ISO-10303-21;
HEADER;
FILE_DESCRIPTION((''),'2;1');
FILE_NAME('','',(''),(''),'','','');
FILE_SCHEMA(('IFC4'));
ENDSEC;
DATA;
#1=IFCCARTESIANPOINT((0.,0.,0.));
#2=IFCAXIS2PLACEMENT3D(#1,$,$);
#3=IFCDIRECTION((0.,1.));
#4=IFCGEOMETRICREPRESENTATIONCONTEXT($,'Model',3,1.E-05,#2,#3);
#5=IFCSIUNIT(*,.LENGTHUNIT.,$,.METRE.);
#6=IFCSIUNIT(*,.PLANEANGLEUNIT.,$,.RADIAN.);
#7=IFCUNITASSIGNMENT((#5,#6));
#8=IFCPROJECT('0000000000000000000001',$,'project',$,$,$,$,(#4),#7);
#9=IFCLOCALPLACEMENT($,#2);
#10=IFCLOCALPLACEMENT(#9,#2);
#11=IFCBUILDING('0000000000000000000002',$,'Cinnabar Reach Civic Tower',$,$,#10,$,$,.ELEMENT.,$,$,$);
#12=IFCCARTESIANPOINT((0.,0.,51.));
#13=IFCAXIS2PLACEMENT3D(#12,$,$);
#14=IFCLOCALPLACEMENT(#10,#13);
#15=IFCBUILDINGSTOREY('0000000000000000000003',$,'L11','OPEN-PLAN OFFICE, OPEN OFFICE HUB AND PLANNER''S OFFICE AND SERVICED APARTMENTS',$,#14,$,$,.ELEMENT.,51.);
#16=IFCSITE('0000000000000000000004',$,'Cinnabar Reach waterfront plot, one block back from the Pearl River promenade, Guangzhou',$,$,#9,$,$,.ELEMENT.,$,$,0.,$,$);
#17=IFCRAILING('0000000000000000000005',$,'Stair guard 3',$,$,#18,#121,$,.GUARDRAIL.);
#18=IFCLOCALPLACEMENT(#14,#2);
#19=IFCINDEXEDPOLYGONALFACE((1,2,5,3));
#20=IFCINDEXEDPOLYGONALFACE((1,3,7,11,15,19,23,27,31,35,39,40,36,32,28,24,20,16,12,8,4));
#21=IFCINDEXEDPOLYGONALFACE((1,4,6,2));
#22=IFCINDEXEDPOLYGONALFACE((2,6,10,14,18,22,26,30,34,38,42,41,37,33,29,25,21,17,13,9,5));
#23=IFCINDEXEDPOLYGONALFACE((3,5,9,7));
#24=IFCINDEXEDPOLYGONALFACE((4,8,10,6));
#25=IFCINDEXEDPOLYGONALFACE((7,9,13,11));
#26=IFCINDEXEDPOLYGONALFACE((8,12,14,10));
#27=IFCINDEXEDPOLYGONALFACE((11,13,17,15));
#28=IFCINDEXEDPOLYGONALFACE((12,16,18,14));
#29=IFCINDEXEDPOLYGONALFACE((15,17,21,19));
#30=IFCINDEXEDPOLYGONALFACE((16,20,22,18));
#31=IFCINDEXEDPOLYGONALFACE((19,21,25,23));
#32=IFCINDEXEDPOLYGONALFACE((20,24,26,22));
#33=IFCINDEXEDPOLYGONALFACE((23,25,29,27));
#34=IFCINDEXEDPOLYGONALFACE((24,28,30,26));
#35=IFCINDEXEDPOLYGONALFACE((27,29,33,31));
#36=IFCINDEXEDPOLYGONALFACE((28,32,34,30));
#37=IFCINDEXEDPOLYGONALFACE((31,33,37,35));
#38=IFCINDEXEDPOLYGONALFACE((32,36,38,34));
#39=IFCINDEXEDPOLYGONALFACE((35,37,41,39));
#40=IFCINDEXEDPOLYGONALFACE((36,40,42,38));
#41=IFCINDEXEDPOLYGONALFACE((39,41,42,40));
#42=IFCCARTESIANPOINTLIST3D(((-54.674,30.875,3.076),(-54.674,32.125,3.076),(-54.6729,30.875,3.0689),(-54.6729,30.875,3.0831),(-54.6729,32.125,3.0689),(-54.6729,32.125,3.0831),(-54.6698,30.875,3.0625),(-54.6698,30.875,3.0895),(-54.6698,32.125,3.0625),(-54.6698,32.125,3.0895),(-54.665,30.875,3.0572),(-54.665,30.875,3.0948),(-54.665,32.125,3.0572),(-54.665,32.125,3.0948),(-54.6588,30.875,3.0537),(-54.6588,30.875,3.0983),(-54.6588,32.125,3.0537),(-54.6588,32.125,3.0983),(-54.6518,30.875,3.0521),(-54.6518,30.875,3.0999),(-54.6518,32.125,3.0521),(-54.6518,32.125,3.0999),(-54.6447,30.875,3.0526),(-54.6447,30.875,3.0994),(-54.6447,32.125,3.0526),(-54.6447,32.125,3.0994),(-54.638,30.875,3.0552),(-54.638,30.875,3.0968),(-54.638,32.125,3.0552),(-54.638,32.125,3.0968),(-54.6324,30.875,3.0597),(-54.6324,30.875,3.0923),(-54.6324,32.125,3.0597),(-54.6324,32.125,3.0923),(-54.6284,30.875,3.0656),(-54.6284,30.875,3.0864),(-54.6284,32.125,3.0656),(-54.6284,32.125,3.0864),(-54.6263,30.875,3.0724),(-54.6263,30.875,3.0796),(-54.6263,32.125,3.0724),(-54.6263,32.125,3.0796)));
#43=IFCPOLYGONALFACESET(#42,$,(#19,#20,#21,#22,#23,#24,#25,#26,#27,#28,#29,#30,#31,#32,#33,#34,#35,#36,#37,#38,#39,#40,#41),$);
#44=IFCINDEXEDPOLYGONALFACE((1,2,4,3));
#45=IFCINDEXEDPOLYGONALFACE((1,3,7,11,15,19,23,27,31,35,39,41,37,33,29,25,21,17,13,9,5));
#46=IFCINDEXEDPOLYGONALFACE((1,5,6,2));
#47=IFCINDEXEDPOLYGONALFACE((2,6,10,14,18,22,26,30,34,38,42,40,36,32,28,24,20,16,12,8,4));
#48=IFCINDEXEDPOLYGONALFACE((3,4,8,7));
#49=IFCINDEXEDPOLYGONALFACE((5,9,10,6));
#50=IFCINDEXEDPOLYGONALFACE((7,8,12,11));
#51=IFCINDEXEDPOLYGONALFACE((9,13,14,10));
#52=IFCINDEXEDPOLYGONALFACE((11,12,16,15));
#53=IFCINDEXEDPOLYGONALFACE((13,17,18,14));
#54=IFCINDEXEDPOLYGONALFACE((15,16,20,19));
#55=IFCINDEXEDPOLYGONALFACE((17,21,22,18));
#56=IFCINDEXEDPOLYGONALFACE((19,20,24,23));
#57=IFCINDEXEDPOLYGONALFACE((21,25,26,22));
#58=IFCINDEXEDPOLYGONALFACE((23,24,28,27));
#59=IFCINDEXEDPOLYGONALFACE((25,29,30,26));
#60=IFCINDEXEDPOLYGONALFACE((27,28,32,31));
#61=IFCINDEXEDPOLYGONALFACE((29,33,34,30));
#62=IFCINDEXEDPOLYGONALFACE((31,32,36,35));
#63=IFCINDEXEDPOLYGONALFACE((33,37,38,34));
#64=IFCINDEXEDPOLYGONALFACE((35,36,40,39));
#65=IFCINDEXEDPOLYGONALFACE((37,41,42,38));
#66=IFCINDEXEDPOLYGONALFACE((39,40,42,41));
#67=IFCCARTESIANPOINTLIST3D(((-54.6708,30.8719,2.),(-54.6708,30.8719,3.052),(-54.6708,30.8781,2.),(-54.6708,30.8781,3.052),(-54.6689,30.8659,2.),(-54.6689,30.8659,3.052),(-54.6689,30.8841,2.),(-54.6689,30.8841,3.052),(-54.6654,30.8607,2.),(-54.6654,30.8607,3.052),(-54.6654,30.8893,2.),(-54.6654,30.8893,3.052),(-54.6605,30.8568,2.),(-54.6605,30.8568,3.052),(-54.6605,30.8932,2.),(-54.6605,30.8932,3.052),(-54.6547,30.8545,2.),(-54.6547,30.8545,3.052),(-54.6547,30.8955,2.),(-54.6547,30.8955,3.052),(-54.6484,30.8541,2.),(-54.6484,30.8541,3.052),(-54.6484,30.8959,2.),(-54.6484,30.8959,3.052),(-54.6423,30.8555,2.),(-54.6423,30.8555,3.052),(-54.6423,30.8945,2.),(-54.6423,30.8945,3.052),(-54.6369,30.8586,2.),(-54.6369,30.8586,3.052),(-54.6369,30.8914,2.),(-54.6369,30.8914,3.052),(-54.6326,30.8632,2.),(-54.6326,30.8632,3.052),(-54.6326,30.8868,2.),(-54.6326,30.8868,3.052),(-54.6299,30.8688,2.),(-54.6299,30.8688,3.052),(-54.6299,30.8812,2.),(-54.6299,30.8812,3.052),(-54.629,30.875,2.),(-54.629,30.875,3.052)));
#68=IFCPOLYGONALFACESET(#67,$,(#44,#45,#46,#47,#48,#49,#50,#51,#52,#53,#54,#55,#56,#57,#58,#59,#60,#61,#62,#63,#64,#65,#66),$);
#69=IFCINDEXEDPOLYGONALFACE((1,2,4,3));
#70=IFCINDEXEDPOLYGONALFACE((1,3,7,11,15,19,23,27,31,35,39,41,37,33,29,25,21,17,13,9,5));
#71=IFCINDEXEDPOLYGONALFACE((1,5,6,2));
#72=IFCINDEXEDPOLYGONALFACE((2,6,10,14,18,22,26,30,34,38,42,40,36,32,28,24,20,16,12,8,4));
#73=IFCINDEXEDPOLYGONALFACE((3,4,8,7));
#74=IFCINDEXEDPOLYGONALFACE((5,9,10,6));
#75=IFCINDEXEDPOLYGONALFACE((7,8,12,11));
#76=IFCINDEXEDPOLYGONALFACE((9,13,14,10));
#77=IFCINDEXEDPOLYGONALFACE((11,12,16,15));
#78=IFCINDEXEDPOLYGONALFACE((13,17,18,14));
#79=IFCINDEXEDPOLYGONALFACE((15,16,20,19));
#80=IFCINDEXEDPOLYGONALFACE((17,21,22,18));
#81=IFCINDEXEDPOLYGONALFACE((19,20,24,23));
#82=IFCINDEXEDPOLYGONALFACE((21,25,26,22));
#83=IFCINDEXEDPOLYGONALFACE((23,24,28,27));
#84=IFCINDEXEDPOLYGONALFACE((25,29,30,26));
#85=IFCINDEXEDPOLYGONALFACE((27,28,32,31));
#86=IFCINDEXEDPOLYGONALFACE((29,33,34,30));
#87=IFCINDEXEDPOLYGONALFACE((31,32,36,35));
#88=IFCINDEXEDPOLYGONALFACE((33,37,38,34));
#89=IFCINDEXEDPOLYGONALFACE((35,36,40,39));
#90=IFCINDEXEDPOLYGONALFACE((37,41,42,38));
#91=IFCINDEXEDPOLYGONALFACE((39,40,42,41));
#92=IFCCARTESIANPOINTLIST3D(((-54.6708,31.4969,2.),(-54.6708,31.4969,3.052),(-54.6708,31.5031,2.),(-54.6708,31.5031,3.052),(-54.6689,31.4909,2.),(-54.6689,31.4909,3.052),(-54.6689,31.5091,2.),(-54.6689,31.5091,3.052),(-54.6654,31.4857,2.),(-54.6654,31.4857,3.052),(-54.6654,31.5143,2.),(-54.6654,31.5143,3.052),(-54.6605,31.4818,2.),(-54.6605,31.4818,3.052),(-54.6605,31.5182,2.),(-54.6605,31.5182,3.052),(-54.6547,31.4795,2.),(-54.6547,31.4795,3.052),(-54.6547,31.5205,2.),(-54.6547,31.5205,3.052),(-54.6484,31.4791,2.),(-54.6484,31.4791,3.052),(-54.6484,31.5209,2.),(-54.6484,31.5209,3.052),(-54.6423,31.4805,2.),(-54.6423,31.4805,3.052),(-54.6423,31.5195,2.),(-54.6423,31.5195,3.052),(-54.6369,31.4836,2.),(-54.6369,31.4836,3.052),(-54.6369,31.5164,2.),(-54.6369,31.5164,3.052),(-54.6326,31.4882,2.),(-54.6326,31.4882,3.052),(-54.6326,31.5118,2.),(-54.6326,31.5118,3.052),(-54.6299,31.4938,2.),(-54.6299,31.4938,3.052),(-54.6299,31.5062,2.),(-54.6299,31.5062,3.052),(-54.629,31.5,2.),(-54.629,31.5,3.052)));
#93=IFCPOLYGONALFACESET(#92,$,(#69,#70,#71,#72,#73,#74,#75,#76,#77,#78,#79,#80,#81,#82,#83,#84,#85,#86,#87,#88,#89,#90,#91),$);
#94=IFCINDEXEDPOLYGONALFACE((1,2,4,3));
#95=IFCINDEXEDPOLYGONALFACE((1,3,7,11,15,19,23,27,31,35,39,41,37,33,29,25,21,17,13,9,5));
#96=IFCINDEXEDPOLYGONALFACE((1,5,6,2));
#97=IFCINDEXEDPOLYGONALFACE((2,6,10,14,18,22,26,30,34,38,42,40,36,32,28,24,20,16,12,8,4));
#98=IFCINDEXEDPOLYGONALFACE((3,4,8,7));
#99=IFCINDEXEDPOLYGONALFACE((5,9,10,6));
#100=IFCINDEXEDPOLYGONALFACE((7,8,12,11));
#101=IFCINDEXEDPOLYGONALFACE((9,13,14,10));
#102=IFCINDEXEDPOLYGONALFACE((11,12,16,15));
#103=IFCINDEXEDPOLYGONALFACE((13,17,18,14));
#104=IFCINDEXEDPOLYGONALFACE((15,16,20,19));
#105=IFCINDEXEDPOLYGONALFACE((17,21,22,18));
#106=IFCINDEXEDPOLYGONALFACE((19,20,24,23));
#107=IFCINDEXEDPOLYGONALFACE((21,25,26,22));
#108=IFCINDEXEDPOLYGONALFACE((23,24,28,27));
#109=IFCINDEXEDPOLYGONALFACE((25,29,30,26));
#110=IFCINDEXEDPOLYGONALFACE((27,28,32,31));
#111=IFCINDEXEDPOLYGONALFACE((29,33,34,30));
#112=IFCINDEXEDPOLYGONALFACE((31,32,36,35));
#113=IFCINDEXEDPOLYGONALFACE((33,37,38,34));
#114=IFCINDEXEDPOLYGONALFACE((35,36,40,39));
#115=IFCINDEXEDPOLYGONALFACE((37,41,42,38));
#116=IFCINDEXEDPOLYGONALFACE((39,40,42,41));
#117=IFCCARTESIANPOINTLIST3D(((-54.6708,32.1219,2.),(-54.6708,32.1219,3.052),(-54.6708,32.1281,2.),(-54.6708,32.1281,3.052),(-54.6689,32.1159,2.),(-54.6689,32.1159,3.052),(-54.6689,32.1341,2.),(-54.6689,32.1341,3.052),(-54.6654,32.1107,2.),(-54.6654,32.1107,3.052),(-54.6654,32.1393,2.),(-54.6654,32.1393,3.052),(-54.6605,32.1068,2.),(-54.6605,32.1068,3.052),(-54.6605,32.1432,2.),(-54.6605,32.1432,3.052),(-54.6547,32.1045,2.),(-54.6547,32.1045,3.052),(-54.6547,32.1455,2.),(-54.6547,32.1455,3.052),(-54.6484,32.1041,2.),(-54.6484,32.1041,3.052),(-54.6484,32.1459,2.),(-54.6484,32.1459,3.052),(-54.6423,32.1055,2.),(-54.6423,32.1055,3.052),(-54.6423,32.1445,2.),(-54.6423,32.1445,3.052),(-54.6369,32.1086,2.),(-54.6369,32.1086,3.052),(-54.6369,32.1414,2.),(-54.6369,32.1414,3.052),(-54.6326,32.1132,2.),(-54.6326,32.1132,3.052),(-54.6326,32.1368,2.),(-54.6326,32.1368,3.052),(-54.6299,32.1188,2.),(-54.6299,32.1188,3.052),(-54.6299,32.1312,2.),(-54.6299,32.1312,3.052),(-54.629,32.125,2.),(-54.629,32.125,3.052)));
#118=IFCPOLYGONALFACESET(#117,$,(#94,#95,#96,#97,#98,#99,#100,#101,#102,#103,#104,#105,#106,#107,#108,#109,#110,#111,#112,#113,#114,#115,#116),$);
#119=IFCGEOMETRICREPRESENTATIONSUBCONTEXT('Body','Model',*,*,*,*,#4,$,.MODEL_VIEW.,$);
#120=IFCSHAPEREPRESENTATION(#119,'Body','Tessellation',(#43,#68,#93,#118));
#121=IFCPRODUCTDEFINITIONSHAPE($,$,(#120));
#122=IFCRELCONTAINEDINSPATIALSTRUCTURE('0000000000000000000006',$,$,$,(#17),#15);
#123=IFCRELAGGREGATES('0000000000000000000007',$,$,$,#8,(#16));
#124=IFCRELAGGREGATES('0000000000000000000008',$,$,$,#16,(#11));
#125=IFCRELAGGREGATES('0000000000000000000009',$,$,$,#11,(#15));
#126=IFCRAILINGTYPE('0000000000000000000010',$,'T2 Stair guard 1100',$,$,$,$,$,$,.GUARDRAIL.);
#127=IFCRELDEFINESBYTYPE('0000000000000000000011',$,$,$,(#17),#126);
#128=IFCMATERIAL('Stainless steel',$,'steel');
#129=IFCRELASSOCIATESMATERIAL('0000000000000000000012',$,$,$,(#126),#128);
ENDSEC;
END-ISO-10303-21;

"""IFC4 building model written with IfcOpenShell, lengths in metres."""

from ifc_helpers import new_model, si_unit, direction, frame, origin, origin_2d, place, context, subcontext, project, spatial, circle, extrude, material, type_object, element, save


model = new_model("IFC4")

# Units and contexts
model_context = context("Model", 3, precision=1e-05, world=origin(), true_north=direction((0.0, 1.0)))
body_context = subcontext(model_context, "Body", "Model", "MODEL_VIEW")
ifc_project = project(units=[si_unit("LENGTHUNIT", "METRE"), si_unit("PLANEANGLEUNIT", "RADIAN")], contexts=[model_context])

# Site, building, storey
site_placement = place(None, origin())
site = spatial("IfcSite", under=ifc_project, at=site_placement, Name="Cinnabar Reach waterfront plot, one block back from the Pearl River promenade, Guangzhou", CompositionType="ELEMENT", RefElevation=0.0)
building_placement = place(site_placement, origin())
building = spatial("IfcBuilding", under=site, at=building_placement, Name="Cinnabar Reach Civic Tower", CompositionType="ELEMENT")
storey_placement = place(building_placement, frame((0.0, 0.0, 51.0)))
storey = spatial("IfcBuildingStorey", under=building, at=storey_placement, Name="L11", Description="OPEN-PLAN OFFICE, OPEN OFFICE HUB AND PLANNER'S OFFICE AND SERVICED APARTMENTS", CompositionType="ELEMENT", Elevation=51.0)

# Railing
ifc_material_1 = material(Name="Stainless steel", Category="steel")
railing_type = type_object("IfcRailingType", Name="T2 Stair guard 1100", PredefinedType="GUARDRAIL", material=ifc_material_1)
railing_1_placement = place(storey_placement, frame((-54.65, 30.875, 2.0)))
element("IfcRailing", 1, at=railing_1_placement, inside=storey, type_object=railing_type, Name="Stair guard 3", PredefinedType="GUARDRAIL", context=body_context, shape_type="SweptSolid", body=[
    extrude(circle(Radius=0.024, at=origin_2d()), frame((0.0, 0.0, 1.076), z_axis=(0.0, 1.0, 0.0), x_axis=(-1.0, 0.0, 0.0)), (0.0, 0.0, 1.0), 1.25),
    extrude(circle(Radius=0.021, at=origin_2d()), origin(), (0.0, 0.0, 1.0), 1.052),
    extrude(circle(Radius=0.021, at=origin_2d()), frame((0.0, 0.625, 0.0)), (0.0, 0.0, 1.0), 1.052),
    extrude(circle(Radius=0.021, at=origin_2d()), frame((0.0, 1.25, 0.0)), (0.0, 0.0, 1.0), 1.052),
])

save(model, "model.ifc")
